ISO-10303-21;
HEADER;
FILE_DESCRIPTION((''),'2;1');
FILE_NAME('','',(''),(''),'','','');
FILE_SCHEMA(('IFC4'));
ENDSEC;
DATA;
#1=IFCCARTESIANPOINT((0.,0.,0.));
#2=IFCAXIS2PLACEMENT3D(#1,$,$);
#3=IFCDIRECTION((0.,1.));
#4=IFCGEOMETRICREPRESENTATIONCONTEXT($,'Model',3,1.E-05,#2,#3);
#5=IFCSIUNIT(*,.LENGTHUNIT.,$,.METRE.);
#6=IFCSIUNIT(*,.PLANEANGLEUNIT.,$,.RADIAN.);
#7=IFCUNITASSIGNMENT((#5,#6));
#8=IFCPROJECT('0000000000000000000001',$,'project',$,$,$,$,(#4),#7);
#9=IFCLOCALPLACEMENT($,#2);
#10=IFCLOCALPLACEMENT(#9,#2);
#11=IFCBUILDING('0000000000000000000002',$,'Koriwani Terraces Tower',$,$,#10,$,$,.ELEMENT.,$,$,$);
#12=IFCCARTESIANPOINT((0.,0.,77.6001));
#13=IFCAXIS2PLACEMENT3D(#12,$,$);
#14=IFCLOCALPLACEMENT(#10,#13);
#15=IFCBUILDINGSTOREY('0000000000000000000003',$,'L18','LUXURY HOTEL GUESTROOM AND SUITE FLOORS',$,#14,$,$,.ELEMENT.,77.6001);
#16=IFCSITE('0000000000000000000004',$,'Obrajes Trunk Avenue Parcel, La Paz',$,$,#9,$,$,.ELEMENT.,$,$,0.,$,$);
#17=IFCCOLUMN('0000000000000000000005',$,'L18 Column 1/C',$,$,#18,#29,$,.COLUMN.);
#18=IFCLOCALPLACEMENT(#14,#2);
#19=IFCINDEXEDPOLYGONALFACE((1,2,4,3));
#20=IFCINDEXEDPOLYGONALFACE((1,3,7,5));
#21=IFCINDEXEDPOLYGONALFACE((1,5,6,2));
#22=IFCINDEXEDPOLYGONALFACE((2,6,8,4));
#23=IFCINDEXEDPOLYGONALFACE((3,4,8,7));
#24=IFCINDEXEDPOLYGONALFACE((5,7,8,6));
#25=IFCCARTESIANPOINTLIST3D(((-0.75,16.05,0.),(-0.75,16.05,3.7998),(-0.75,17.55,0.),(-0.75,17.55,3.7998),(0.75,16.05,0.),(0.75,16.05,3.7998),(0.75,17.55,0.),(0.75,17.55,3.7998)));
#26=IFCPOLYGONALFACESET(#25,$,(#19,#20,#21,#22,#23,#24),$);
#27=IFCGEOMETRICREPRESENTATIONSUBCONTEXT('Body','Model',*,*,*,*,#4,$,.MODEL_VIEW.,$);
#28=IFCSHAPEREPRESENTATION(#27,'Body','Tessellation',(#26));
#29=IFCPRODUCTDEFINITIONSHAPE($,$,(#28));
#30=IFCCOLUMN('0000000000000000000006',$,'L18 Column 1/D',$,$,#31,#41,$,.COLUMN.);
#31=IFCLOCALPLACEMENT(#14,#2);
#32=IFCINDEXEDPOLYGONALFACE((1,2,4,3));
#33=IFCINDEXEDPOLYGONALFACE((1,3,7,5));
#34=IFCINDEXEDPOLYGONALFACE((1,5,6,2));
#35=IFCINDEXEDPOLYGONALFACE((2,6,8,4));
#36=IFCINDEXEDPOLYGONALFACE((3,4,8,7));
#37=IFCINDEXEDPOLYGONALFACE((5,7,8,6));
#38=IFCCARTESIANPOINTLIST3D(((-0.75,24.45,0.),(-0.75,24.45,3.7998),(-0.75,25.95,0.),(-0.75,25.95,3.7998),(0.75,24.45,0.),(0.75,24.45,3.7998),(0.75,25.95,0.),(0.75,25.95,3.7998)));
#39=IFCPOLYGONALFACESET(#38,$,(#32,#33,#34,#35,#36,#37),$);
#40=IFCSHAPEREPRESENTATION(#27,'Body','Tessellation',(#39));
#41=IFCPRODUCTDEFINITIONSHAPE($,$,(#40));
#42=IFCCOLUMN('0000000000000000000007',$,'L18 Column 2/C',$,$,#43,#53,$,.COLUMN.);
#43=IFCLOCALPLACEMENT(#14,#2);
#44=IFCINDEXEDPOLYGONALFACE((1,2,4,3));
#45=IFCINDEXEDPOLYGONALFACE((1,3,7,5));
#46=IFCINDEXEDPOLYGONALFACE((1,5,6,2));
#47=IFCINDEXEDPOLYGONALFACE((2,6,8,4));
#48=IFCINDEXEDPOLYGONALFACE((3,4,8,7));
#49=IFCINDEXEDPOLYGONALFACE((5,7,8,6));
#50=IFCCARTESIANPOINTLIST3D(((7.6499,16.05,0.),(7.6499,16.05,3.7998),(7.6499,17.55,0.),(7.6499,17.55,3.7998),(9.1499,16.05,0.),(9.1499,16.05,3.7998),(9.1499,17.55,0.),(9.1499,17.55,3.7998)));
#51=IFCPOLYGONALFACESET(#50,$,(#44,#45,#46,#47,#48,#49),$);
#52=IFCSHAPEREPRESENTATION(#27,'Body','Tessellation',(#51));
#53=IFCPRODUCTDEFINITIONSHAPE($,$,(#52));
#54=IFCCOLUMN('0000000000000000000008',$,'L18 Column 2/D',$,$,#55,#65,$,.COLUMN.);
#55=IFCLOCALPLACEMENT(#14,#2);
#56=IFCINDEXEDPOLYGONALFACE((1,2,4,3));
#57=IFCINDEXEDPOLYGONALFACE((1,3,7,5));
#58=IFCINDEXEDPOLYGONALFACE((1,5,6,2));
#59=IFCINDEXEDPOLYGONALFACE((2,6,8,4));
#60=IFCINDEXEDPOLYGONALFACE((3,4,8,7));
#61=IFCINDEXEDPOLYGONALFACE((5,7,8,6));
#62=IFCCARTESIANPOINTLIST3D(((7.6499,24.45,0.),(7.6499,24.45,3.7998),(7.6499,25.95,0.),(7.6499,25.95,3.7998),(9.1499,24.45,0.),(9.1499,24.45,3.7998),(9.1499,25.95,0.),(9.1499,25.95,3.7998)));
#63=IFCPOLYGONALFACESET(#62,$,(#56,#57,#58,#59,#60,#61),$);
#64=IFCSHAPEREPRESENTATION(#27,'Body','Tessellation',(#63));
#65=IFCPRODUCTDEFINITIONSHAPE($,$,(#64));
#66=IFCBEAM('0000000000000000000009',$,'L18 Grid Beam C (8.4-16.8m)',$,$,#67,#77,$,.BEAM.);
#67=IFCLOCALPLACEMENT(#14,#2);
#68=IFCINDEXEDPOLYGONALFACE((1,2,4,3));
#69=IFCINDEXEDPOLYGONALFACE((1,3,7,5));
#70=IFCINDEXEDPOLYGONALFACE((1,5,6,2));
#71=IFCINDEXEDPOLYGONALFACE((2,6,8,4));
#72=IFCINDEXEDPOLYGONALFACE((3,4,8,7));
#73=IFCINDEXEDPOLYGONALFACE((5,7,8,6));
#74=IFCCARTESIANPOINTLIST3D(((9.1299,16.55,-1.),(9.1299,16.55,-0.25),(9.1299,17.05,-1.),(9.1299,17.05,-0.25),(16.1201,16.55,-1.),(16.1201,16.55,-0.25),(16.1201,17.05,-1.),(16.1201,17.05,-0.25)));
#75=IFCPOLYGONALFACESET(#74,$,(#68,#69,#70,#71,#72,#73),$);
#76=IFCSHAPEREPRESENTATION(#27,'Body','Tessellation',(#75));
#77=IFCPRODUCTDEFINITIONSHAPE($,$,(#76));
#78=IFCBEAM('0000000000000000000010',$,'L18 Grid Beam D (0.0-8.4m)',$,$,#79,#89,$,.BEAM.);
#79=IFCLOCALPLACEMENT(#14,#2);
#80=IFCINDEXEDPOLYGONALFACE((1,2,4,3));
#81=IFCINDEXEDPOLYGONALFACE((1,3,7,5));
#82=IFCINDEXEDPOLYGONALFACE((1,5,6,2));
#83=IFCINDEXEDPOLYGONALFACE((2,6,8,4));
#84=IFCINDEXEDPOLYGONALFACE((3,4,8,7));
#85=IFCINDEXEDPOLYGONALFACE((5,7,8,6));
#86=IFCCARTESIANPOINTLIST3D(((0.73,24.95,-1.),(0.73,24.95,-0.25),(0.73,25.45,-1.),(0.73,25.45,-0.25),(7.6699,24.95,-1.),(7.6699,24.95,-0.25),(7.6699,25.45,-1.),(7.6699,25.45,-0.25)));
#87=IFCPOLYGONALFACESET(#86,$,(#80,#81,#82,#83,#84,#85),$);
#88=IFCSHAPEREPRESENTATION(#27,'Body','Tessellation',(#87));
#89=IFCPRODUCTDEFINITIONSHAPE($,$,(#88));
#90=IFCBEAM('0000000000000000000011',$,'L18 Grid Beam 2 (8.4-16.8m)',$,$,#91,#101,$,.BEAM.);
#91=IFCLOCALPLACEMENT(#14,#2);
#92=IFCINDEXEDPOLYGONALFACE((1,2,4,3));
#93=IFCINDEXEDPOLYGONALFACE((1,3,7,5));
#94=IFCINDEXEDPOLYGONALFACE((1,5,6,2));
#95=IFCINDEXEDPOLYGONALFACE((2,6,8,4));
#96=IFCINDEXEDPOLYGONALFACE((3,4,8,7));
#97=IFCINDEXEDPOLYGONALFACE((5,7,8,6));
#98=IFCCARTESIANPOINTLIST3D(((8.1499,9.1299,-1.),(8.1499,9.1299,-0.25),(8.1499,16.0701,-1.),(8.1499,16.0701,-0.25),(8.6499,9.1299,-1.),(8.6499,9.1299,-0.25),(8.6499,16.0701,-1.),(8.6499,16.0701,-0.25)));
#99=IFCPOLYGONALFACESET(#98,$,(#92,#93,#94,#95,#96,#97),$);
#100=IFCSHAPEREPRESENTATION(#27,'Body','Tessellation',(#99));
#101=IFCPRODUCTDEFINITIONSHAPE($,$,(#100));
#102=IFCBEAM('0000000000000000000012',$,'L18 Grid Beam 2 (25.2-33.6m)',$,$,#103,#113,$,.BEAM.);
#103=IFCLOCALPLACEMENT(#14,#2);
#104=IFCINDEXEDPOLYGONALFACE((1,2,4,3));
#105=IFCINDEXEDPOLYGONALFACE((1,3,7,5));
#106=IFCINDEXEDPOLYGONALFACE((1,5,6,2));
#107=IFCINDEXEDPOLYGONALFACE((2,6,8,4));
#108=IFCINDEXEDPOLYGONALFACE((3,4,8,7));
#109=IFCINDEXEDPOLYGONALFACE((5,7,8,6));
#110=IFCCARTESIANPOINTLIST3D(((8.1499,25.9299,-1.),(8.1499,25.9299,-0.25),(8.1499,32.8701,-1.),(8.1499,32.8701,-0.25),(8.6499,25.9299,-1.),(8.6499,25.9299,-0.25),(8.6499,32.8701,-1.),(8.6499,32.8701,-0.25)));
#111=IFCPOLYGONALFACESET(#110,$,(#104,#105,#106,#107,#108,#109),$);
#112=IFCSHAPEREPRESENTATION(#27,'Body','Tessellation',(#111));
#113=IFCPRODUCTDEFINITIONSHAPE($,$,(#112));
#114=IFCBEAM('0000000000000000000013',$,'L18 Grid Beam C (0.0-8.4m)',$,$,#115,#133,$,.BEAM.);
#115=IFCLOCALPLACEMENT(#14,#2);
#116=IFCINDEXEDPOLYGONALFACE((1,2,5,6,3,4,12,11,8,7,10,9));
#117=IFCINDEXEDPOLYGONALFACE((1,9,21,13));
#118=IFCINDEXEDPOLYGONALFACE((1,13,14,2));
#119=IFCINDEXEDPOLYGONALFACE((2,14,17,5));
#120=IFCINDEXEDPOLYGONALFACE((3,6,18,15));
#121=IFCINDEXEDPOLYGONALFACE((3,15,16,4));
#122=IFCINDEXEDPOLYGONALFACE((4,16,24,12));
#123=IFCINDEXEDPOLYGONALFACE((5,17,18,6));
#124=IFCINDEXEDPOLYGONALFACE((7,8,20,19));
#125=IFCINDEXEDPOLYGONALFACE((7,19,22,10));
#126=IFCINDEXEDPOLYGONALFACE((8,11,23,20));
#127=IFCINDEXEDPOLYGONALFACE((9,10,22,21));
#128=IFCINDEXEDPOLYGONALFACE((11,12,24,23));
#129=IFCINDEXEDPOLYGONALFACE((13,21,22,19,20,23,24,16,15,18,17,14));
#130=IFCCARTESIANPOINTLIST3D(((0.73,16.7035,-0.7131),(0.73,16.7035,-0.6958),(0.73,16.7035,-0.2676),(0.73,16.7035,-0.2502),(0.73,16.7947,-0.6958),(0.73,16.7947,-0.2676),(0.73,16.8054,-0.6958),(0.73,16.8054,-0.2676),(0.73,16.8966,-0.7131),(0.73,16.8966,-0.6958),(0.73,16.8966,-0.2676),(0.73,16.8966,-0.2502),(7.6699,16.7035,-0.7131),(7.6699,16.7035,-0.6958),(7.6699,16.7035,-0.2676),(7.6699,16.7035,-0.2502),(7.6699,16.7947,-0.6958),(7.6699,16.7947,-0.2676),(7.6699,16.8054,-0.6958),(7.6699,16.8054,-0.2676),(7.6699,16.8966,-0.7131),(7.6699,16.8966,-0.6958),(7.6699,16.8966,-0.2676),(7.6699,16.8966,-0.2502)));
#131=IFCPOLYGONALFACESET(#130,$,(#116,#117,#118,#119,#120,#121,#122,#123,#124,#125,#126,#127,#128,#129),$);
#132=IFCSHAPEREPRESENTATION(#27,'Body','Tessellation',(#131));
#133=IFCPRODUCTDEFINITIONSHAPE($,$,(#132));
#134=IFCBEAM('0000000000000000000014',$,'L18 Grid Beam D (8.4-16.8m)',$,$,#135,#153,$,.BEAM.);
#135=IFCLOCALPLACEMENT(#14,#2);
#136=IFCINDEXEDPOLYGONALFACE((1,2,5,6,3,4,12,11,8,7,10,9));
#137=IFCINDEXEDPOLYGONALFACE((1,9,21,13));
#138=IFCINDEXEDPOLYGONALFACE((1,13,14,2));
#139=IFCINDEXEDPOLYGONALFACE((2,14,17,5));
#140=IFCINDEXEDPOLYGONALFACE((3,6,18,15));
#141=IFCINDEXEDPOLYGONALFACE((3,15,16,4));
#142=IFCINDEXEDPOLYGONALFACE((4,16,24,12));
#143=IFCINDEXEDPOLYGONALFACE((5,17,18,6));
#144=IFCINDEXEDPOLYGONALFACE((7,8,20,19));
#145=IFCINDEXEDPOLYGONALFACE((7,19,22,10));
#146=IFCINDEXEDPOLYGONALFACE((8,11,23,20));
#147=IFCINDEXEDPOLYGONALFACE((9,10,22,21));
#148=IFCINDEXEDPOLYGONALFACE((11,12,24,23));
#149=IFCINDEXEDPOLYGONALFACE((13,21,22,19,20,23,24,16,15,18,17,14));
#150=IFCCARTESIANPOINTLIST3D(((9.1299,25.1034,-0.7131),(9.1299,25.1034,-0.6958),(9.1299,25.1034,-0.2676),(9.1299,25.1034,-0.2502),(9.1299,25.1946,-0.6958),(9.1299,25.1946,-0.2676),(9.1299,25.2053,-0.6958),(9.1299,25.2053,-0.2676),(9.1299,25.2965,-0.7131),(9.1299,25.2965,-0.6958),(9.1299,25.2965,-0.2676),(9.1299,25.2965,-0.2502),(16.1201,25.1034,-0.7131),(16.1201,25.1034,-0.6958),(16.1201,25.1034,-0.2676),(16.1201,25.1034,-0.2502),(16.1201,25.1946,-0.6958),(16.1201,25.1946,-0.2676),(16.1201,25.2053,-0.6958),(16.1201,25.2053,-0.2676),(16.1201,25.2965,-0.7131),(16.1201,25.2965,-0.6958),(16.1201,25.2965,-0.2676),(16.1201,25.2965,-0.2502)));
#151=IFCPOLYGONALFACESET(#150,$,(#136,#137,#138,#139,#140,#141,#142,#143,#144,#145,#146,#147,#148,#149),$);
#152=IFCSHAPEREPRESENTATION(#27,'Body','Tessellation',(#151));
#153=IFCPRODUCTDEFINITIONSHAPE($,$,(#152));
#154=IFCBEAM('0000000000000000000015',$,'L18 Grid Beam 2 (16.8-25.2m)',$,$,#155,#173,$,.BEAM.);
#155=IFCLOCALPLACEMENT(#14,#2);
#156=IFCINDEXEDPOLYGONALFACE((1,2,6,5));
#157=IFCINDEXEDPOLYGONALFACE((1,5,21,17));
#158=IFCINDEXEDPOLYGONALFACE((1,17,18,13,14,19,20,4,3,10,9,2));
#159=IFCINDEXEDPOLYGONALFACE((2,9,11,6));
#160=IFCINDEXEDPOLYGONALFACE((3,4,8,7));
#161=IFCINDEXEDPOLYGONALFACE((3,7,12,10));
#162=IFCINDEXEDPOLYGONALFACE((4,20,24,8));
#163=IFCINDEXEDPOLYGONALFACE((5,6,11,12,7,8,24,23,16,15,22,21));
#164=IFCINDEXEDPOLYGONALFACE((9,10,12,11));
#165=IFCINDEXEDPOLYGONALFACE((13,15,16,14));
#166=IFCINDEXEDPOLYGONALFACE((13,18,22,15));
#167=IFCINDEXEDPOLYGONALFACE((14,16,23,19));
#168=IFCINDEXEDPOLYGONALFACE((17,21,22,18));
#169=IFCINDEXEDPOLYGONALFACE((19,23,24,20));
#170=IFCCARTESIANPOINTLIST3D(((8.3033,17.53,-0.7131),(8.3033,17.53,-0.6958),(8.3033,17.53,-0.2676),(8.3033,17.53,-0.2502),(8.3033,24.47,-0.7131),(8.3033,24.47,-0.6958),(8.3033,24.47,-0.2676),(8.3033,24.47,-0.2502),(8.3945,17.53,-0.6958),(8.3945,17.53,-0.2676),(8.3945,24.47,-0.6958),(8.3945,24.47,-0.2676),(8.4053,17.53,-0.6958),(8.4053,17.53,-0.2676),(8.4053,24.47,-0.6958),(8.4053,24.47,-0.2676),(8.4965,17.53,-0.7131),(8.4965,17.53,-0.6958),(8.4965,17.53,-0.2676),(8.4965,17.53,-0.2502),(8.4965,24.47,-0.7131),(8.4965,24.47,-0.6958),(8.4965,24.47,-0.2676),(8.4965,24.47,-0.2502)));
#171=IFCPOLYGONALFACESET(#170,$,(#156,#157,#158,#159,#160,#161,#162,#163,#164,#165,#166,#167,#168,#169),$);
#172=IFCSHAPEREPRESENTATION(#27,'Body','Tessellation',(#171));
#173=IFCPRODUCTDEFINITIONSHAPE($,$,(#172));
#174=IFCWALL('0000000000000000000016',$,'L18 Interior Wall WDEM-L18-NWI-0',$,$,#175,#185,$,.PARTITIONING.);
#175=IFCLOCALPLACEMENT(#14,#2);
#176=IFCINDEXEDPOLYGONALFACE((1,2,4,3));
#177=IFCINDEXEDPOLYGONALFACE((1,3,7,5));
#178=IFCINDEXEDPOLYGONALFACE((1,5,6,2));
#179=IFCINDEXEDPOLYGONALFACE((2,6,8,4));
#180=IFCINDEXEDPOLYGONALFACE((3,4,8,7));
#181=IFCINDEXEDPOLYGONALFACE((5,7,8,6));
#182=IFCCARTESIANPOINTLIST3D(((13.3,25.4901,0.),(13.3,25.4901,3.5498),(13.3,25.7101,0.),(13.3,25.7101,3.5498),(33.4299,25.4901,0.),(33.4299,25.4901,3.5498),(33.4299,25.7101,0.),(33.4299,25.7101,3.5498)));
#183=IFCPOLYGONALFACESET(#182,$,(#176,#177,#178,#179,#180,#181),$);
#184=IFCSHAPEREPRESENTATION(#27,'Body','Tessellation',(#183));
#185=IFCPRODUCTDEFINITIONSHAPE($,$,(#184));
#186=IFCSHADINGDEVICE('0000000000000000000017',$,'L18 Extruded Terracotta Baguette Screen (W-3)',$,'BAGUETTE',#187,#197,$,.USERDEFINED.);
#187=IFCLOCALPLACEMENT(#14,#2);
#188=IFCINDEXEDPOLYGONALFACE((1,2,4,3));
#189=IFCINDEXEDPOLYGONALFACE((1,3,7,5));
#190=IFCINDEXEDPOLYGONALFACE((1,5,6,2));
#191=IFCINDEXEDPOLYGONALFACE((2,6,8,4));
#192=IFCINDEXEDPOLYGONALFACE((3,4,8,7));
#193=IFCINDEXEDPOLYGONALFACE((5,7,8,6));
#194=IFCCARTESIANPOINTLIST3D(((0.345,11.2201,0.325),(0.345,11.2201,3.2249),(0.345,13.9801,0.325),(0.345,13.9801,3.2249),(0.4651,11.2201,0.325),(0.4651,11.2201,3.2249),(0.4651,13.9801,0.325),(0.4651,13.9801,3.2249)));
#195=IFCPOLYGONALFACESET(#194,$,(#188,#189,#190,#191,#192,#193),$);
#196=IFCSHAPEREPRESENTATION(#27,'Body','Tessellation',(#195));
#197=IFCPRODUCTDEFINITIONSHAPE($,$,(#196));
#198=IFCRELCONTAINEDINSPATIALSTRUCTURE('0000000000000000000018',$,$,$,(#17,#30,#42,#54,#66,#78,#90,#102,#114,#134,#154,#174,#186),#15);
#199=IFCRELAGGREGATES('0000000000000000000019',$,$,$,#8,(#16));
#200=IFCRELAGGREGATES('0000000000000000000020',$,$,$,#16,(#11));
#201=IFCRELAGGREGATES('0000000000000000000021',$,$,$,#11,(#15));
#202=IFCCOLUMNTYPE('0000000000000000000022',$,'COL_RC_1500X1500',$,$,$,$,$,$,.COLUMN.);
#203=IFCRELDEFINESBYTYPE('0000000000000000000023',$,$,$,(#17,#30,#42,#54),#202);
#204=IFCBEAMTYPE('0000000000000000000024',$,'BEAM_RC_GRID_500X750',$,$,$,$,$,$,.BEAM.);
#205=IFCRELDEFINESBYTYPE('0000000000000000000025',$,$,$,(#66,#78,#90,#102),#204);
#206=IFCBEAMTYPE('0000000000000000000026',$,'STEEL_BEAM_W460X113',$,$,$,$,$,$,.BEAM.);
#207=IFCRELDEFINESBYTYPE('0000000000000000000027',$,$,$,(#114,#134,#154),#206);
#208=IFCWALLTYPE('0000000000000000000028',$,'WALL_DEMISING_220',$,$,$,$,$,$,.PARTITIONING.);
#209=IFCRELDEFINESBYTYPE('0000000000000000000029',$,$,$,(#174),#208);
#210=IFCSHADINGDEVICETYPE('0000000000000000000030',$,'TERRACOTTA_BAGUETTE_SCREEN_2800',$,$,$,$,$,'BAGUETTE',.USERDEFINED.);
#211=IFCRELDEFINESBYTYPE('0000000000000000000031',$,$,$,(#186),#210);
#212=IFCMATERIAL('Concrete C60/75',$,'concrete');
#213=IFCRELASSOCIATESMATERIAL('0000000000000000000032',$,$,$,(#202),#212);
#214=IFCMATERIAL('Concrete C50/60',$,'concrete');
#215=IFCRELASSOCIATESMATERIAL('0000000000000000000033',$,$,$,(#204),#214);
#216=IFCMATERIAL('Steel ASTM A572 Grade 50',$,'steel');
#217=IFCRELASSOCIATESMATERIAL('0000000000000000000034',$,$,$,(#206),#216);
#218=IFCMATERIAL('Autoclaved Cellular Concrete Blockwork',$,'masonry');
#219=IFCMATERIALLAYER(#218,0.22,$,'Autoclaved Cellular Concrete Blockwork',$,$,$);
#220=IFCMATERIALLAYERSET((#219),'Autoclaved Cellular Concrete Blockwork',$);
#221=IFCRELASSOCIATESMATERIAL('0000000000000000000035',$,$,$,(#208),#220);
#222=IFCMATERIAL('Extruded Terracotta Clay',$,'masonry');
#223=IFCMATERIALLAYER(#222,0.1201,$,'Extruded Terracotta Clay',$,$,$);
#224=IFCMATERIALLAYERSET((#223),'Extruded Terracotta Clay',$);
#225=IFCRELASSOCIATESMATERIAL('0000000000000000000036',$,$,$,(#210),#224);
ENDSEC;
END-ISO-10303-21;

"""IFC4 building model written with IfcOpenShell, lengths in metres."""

from ifc_helpers import new_model, si_unit, direction, frame, frame_2d, origin, origin_2d, place, context, subcontext, project, spatial, rectangle, i_section, extrude, material, layer, layer_set, material_profile, profile_set, type_object, element, save


model = new_model("IFC4")

# Units and contexts
model_context = context("Model", 3, precision=1e-05, world=origin(), true_north=direction((0.0, 1.0)))
body_context = subcontext(model_context, "Body", "Model", "MODEL_VIEW")
ifc_project = project(units=[si_unit("LENGTHUNIT", "METRE"), si_unit("PLANEANGLEUNIT", "RADIAN")], contexts=[model_context])

# Site, building, storey
site_placement = place(None, origin())
site = spatial("IfcSite", under=ifc_project, at=site_placement, Name="Obrajes Trunk Avenue Parcel, La Paz", CompositionType="ELEMENT", RefElevation=0.0)
building_placement = place(site_placement, origin())
building = spatial("IfcBuilding", under=site, at=building_placement, Name="Koriwani Terraces Tower", CompositionType="ELEMENT")
storey_placement = place(building_placement, frame((0.0, 0.0, 77.6001)))
storey = spatial("IfcBuildingStorey", under=building, at=storey_placement, Name="L18", Description="LUXURY HOTEL GUESTROOM AND SUITE FLOORS", CompositionType="ELEMENT", Elevation=77.6001)

# Columns
ifc_material_1 = material(Name="Concrete C60/75", Category="concrete")
ifc_material_profile_1 = material_profile(ifc_material_1, rectangle(XDim=1.5, YDim=1.5, at=origin_2d()), Name="Concrete C60/75", Category="LoadBearing")
ifc_profile_set_1 = profile_set([ifc_material_profile_1], Name="Concrete C60/75")
column_type = type_object("IfcColumnType", Name="COL_RC_1500X1500", PredefinedType="COLUMN", material=ifc_profile_set_1)
for number, where, z_axis, x_axis, name in (
    (1, (0.0, 16.8, 0.0), (0.0, 0.0, 1.0), (1.0, 0.0, 0.0), "L18 Column 1/C"),
    (2, (0.0, 25.2, 0.0), (0.0, 0.0, 1.0), (1.0, 0.0, 0.0), "L18 Column 1/D"),
    (3, (8.3999, 16.8, 0.0), (0.0, 0.0, 1.0), (1.0, 0.0, 0.0), "L18 Column 2/C"),
    (4, (8.3999, 25.2, 0.0), (0.0, 0.0, 1.0), (1.0, 0.0, 0.0), "L18 Column 2/D"),
):
    element("IfcColumn", number, at=place(storey_placement, frame(where, z_axis=z_axis, x_axis=x_axis)), inside=storey, type_object=column_type, Name=name, PredefinedType="COLUMN", context=body_context, shape_type="SweptSolid", body=[
        extrude(rectangle(XDim=1.5, YDim=1.5, at=origin_2d()), origin(), (0.0, 0.0, 1.0), 3.7998),
    ])

# Beams
ifc_material_2 = material(Name="Concrete C50/60", Category="concrete")
ifc_material_profile_2 = material_profile(ifc_material_2, rectangle(XDim=0.5, YDim=0.75, at=origin_2d()), Name="Concrete C50/60", Category="LoadBearing")
ifc_profile_set_2 = profile_set([ifc_material_profile_2], Name="Concrete C50/60")
beam_type_1 = type_object("IfcBeamType", Name="BEAM_RC_GRID_500X750", PredefinedType="BEAM", material=ifc_profile_set_2)
beam_1_placement = place(storey_placement, frame((9.1299, 16.8, -0.625), z_axis=(1.0, 0.0, 0.0), x_axis=(0.0, 1.0, 0.0)))
element("IfcBeam", 5, at=beam_1_placement, inside=storey, type_object=beam_type_1, Name="L18 Grid Beam C (8.4-16.8m)", PredefinedType="BEAM", context=body_context, shape_type="SweptSolid", body=[
    extrude(rectangle(XDim=0.5, YDim=0.75, at=origin_2d()), origin(), (0.0, 0.0, 1.0), 6.9902),
])
beam_2_placement = place(storey_placement, frame((0.73, 25.2, -0.625), z_axis=(1.0, 0.0, 0.0), x_axis=(0.0, 1.0, 0.0)))
element("IfcBeam", 6, at=beam_2_placement, inside=storey, type_object=beam_type_1, Name="L18 Grid Beam D (0.0-8.4m)", PredefinedType="BEAM", context=body_context, shape_type="SweptSolid", body=[
    extrude(rectangle(XDim=0.5, YDim=0.75, at=origin_2d()), origin(), (0.0, 0.0, 1.0), 6.9399),
])
for number, where, z_axis, x_axis, name in (
    (7, (8.3999, 9.1299, -0.625), (0.0, 1.0, 0.0), (-1.0, 0.0, 0.0), "L18 Grid Beam 2 (8.4-16.8m)"),
    (8, (8.3999, 25.9299, -0.625), (0.0, 1.0, 0.0), (-1.0, 0.0, 0.0), "L18 Grid Beam 2 (25.2-33.6m)"),
):
    element("IfcBeam", number, at=place(storey_placement, frame(where, z_axis=z_axis, x_axis=x_axis)), inside=storey, type_object=beam_type_1, Name=name, PredefinedType="BEAM", context=body_context, shape_type="SweptSolid", body=[
        extrude(rectangle(XDim=0.5, YDim=0.75, at=origin_2d()), origin(), (0.0, 0.0, 1.0), 6.9402),
    ])
ifc_material_3 = material(Name="Steel ASTM A572 Grade 50", Category="steel")
ifc_material_profile_3 = material_profile(ifc_material_3, i_section(OverallWidth=0.1931, OverallDepth=0.4629, WebThickness=0.0107, FlangeThickness=0.0173, at=origin_2d()), Name="Steel ASTM A572 Grade 50", Category="LoadBearing")
ifc_profile_set_3 = profile_set([ifc_material_profile_3], Name="Steel ASTM A572 Grade 50")
beam_type_2 = type_object("IfcBeamType", Name="STEEL_BEAM_W460X113", PredefinedType="BEAM", material=ifc_profile_set_3)
beam_3_placement = place(storey_placement, frame((0.73, 16.8, -0.4817), z_axis=(1.0, 0.0, 0.0), x_axis=(0.0, 1.0, 0.0)))
element("IfcBeam", 9, at=beam_3_placement, inside=storey, type_object=beam_type_2, Name="L18 Grid Beam C (0.0-8.4m)", PredefinedType="BEAM", context=body_context, shape_type="SweptSolid", body=[
    extrude(i_section(OverallWidth=0.1931, OverallDepth=0.4629, WebThickness=0.0107, FlangeThickness=0.0173, at=origin_2d()), origin(), (0.0, 0.0, 1.0), 6.9399),
])
beam_4_placement = place(storey_placement, frame((9.1299, 25.2, -0.4817), z_axis=(1.0, 0.0, 0.0), x_axis=(0.0, 1.0, 0.0)))
element("IfcBeam", 10, at=beam_4_placement, inside=storey, type_object=beam_type_2, Name="L18 Grid Beam D (8.4-16.8m)", PredefinedType="BEAM", context=body_context, shape_type="SweptSolid", body=[
    extrude(i_section(OverallWidth=0.1931, OverallDepth=0.4629, WebThickness=0.0107, FlangeThickness=0.0173, at=origin_2d()), origin(), (0.0, 0.0, 1.0), 6.9902),
])
beam_5_placement = place(storey_placement, frame((8.3999, 17.53, -0.4817), z_axis=(0.0, 1.0, 0.0), x_axis=(-1.0, 0.0, 0.0)))
element("IfcBeam", 11, at=beam_5_placement, inside=storey, type_object=beam_type_2, Name="L18 Grid Beam 2 (16.8-25.2m)", PredefinedType="BEAM", context=body_context, shape_type="SweptSolid", body=[
    extrude(i_section(OverallWidth=0.1931, OverallDepth=0.4629, WebThickness=0.0107, FlangeThickness=0.0173, at=origin_2d()), origin(), (0.0, 0.0, 1.0), 6.9399),
])

# Wall
ifc_material_4 = material(Name="Autoclaved Cellular Concrete Blockwork", Category="masonry")
ifc_layer_1 = layer(ifc_material_4, 0.22, Name="Autoclaved Cellular Concrete Blockwork")
ifc_layer_set_1 = layer_set([ifc_layer_1], Name="Autoclaved Cellular Concrete Blockwork")
wall_type = type_object("IfcWallType", Name="WALL_DEMISING_220", PredefinedType="PARTITIONING", material=ifc_layer_set_1)
wall_placement = place(storey_placement, frame((13.3, 25.6001, 0.0), z_axis=(0.0, 0.0, 1.0), x_axis=(1.0, 0.0, 0.0)))
element("IfcWall", 12, at=wall_placement, inside=storey, type_object=wall_type, Name="L18 Interior Wall WDEM-L18-NWI-0", PredefinedType="PARTITIONING", context=body_context, shape_type="SweptSolid", body=[
    extrude(rectangle(XDim=20.1299, YDim=0.22, at=frame_2d((10.0649, 0.0))), origin(), (0.0, 0.0, 1.0), 3.5498),
])

# Shading device
ifc_material_5 = material(Name="Extruded Terracotta Clay", Category="masonry")
ifc_layer_2 = layer(ifc_material_5, 0.1201, Name="Extruded Terracotta Clay")
ifc_layer_set_2 = layer_set([ifc_layer_2], Name="Extruded Terracotta Clay")
shading_device_type = type_object("IfcShadingDeviceType", Name="TERRACOTTA_BAGUETTE_SCREEN_2800", ElementType="BAGUETTE", PredefinedType="USERDEFINED", material=ifc_layer_set_2)
shading_device_placement = place(storey_placement, frame((0.405, 12.6001, 0.325), z_axis=(0.0, 0.0, 1.0), x_axis=(0.0, 1.0, 0.0)))
element("IfcShadingDevice", 13, at=shading_device_placement, inside=storey, type_object=shading_device_type, Name="L18 Extruded Terracotta Baguette Screen (W-3)", ObjectType="BAGUETTE", PredefinedType="USERDEFINED", context=body_context, shape_type="SweptSolid", body=[
    extrude(rectangle(XDim=2.76, YDim=0.1201, at=origin_2d()), origin(), (0.0, 0.0, 1.0), 2.8999),
])

save(model, "model.ifc")
